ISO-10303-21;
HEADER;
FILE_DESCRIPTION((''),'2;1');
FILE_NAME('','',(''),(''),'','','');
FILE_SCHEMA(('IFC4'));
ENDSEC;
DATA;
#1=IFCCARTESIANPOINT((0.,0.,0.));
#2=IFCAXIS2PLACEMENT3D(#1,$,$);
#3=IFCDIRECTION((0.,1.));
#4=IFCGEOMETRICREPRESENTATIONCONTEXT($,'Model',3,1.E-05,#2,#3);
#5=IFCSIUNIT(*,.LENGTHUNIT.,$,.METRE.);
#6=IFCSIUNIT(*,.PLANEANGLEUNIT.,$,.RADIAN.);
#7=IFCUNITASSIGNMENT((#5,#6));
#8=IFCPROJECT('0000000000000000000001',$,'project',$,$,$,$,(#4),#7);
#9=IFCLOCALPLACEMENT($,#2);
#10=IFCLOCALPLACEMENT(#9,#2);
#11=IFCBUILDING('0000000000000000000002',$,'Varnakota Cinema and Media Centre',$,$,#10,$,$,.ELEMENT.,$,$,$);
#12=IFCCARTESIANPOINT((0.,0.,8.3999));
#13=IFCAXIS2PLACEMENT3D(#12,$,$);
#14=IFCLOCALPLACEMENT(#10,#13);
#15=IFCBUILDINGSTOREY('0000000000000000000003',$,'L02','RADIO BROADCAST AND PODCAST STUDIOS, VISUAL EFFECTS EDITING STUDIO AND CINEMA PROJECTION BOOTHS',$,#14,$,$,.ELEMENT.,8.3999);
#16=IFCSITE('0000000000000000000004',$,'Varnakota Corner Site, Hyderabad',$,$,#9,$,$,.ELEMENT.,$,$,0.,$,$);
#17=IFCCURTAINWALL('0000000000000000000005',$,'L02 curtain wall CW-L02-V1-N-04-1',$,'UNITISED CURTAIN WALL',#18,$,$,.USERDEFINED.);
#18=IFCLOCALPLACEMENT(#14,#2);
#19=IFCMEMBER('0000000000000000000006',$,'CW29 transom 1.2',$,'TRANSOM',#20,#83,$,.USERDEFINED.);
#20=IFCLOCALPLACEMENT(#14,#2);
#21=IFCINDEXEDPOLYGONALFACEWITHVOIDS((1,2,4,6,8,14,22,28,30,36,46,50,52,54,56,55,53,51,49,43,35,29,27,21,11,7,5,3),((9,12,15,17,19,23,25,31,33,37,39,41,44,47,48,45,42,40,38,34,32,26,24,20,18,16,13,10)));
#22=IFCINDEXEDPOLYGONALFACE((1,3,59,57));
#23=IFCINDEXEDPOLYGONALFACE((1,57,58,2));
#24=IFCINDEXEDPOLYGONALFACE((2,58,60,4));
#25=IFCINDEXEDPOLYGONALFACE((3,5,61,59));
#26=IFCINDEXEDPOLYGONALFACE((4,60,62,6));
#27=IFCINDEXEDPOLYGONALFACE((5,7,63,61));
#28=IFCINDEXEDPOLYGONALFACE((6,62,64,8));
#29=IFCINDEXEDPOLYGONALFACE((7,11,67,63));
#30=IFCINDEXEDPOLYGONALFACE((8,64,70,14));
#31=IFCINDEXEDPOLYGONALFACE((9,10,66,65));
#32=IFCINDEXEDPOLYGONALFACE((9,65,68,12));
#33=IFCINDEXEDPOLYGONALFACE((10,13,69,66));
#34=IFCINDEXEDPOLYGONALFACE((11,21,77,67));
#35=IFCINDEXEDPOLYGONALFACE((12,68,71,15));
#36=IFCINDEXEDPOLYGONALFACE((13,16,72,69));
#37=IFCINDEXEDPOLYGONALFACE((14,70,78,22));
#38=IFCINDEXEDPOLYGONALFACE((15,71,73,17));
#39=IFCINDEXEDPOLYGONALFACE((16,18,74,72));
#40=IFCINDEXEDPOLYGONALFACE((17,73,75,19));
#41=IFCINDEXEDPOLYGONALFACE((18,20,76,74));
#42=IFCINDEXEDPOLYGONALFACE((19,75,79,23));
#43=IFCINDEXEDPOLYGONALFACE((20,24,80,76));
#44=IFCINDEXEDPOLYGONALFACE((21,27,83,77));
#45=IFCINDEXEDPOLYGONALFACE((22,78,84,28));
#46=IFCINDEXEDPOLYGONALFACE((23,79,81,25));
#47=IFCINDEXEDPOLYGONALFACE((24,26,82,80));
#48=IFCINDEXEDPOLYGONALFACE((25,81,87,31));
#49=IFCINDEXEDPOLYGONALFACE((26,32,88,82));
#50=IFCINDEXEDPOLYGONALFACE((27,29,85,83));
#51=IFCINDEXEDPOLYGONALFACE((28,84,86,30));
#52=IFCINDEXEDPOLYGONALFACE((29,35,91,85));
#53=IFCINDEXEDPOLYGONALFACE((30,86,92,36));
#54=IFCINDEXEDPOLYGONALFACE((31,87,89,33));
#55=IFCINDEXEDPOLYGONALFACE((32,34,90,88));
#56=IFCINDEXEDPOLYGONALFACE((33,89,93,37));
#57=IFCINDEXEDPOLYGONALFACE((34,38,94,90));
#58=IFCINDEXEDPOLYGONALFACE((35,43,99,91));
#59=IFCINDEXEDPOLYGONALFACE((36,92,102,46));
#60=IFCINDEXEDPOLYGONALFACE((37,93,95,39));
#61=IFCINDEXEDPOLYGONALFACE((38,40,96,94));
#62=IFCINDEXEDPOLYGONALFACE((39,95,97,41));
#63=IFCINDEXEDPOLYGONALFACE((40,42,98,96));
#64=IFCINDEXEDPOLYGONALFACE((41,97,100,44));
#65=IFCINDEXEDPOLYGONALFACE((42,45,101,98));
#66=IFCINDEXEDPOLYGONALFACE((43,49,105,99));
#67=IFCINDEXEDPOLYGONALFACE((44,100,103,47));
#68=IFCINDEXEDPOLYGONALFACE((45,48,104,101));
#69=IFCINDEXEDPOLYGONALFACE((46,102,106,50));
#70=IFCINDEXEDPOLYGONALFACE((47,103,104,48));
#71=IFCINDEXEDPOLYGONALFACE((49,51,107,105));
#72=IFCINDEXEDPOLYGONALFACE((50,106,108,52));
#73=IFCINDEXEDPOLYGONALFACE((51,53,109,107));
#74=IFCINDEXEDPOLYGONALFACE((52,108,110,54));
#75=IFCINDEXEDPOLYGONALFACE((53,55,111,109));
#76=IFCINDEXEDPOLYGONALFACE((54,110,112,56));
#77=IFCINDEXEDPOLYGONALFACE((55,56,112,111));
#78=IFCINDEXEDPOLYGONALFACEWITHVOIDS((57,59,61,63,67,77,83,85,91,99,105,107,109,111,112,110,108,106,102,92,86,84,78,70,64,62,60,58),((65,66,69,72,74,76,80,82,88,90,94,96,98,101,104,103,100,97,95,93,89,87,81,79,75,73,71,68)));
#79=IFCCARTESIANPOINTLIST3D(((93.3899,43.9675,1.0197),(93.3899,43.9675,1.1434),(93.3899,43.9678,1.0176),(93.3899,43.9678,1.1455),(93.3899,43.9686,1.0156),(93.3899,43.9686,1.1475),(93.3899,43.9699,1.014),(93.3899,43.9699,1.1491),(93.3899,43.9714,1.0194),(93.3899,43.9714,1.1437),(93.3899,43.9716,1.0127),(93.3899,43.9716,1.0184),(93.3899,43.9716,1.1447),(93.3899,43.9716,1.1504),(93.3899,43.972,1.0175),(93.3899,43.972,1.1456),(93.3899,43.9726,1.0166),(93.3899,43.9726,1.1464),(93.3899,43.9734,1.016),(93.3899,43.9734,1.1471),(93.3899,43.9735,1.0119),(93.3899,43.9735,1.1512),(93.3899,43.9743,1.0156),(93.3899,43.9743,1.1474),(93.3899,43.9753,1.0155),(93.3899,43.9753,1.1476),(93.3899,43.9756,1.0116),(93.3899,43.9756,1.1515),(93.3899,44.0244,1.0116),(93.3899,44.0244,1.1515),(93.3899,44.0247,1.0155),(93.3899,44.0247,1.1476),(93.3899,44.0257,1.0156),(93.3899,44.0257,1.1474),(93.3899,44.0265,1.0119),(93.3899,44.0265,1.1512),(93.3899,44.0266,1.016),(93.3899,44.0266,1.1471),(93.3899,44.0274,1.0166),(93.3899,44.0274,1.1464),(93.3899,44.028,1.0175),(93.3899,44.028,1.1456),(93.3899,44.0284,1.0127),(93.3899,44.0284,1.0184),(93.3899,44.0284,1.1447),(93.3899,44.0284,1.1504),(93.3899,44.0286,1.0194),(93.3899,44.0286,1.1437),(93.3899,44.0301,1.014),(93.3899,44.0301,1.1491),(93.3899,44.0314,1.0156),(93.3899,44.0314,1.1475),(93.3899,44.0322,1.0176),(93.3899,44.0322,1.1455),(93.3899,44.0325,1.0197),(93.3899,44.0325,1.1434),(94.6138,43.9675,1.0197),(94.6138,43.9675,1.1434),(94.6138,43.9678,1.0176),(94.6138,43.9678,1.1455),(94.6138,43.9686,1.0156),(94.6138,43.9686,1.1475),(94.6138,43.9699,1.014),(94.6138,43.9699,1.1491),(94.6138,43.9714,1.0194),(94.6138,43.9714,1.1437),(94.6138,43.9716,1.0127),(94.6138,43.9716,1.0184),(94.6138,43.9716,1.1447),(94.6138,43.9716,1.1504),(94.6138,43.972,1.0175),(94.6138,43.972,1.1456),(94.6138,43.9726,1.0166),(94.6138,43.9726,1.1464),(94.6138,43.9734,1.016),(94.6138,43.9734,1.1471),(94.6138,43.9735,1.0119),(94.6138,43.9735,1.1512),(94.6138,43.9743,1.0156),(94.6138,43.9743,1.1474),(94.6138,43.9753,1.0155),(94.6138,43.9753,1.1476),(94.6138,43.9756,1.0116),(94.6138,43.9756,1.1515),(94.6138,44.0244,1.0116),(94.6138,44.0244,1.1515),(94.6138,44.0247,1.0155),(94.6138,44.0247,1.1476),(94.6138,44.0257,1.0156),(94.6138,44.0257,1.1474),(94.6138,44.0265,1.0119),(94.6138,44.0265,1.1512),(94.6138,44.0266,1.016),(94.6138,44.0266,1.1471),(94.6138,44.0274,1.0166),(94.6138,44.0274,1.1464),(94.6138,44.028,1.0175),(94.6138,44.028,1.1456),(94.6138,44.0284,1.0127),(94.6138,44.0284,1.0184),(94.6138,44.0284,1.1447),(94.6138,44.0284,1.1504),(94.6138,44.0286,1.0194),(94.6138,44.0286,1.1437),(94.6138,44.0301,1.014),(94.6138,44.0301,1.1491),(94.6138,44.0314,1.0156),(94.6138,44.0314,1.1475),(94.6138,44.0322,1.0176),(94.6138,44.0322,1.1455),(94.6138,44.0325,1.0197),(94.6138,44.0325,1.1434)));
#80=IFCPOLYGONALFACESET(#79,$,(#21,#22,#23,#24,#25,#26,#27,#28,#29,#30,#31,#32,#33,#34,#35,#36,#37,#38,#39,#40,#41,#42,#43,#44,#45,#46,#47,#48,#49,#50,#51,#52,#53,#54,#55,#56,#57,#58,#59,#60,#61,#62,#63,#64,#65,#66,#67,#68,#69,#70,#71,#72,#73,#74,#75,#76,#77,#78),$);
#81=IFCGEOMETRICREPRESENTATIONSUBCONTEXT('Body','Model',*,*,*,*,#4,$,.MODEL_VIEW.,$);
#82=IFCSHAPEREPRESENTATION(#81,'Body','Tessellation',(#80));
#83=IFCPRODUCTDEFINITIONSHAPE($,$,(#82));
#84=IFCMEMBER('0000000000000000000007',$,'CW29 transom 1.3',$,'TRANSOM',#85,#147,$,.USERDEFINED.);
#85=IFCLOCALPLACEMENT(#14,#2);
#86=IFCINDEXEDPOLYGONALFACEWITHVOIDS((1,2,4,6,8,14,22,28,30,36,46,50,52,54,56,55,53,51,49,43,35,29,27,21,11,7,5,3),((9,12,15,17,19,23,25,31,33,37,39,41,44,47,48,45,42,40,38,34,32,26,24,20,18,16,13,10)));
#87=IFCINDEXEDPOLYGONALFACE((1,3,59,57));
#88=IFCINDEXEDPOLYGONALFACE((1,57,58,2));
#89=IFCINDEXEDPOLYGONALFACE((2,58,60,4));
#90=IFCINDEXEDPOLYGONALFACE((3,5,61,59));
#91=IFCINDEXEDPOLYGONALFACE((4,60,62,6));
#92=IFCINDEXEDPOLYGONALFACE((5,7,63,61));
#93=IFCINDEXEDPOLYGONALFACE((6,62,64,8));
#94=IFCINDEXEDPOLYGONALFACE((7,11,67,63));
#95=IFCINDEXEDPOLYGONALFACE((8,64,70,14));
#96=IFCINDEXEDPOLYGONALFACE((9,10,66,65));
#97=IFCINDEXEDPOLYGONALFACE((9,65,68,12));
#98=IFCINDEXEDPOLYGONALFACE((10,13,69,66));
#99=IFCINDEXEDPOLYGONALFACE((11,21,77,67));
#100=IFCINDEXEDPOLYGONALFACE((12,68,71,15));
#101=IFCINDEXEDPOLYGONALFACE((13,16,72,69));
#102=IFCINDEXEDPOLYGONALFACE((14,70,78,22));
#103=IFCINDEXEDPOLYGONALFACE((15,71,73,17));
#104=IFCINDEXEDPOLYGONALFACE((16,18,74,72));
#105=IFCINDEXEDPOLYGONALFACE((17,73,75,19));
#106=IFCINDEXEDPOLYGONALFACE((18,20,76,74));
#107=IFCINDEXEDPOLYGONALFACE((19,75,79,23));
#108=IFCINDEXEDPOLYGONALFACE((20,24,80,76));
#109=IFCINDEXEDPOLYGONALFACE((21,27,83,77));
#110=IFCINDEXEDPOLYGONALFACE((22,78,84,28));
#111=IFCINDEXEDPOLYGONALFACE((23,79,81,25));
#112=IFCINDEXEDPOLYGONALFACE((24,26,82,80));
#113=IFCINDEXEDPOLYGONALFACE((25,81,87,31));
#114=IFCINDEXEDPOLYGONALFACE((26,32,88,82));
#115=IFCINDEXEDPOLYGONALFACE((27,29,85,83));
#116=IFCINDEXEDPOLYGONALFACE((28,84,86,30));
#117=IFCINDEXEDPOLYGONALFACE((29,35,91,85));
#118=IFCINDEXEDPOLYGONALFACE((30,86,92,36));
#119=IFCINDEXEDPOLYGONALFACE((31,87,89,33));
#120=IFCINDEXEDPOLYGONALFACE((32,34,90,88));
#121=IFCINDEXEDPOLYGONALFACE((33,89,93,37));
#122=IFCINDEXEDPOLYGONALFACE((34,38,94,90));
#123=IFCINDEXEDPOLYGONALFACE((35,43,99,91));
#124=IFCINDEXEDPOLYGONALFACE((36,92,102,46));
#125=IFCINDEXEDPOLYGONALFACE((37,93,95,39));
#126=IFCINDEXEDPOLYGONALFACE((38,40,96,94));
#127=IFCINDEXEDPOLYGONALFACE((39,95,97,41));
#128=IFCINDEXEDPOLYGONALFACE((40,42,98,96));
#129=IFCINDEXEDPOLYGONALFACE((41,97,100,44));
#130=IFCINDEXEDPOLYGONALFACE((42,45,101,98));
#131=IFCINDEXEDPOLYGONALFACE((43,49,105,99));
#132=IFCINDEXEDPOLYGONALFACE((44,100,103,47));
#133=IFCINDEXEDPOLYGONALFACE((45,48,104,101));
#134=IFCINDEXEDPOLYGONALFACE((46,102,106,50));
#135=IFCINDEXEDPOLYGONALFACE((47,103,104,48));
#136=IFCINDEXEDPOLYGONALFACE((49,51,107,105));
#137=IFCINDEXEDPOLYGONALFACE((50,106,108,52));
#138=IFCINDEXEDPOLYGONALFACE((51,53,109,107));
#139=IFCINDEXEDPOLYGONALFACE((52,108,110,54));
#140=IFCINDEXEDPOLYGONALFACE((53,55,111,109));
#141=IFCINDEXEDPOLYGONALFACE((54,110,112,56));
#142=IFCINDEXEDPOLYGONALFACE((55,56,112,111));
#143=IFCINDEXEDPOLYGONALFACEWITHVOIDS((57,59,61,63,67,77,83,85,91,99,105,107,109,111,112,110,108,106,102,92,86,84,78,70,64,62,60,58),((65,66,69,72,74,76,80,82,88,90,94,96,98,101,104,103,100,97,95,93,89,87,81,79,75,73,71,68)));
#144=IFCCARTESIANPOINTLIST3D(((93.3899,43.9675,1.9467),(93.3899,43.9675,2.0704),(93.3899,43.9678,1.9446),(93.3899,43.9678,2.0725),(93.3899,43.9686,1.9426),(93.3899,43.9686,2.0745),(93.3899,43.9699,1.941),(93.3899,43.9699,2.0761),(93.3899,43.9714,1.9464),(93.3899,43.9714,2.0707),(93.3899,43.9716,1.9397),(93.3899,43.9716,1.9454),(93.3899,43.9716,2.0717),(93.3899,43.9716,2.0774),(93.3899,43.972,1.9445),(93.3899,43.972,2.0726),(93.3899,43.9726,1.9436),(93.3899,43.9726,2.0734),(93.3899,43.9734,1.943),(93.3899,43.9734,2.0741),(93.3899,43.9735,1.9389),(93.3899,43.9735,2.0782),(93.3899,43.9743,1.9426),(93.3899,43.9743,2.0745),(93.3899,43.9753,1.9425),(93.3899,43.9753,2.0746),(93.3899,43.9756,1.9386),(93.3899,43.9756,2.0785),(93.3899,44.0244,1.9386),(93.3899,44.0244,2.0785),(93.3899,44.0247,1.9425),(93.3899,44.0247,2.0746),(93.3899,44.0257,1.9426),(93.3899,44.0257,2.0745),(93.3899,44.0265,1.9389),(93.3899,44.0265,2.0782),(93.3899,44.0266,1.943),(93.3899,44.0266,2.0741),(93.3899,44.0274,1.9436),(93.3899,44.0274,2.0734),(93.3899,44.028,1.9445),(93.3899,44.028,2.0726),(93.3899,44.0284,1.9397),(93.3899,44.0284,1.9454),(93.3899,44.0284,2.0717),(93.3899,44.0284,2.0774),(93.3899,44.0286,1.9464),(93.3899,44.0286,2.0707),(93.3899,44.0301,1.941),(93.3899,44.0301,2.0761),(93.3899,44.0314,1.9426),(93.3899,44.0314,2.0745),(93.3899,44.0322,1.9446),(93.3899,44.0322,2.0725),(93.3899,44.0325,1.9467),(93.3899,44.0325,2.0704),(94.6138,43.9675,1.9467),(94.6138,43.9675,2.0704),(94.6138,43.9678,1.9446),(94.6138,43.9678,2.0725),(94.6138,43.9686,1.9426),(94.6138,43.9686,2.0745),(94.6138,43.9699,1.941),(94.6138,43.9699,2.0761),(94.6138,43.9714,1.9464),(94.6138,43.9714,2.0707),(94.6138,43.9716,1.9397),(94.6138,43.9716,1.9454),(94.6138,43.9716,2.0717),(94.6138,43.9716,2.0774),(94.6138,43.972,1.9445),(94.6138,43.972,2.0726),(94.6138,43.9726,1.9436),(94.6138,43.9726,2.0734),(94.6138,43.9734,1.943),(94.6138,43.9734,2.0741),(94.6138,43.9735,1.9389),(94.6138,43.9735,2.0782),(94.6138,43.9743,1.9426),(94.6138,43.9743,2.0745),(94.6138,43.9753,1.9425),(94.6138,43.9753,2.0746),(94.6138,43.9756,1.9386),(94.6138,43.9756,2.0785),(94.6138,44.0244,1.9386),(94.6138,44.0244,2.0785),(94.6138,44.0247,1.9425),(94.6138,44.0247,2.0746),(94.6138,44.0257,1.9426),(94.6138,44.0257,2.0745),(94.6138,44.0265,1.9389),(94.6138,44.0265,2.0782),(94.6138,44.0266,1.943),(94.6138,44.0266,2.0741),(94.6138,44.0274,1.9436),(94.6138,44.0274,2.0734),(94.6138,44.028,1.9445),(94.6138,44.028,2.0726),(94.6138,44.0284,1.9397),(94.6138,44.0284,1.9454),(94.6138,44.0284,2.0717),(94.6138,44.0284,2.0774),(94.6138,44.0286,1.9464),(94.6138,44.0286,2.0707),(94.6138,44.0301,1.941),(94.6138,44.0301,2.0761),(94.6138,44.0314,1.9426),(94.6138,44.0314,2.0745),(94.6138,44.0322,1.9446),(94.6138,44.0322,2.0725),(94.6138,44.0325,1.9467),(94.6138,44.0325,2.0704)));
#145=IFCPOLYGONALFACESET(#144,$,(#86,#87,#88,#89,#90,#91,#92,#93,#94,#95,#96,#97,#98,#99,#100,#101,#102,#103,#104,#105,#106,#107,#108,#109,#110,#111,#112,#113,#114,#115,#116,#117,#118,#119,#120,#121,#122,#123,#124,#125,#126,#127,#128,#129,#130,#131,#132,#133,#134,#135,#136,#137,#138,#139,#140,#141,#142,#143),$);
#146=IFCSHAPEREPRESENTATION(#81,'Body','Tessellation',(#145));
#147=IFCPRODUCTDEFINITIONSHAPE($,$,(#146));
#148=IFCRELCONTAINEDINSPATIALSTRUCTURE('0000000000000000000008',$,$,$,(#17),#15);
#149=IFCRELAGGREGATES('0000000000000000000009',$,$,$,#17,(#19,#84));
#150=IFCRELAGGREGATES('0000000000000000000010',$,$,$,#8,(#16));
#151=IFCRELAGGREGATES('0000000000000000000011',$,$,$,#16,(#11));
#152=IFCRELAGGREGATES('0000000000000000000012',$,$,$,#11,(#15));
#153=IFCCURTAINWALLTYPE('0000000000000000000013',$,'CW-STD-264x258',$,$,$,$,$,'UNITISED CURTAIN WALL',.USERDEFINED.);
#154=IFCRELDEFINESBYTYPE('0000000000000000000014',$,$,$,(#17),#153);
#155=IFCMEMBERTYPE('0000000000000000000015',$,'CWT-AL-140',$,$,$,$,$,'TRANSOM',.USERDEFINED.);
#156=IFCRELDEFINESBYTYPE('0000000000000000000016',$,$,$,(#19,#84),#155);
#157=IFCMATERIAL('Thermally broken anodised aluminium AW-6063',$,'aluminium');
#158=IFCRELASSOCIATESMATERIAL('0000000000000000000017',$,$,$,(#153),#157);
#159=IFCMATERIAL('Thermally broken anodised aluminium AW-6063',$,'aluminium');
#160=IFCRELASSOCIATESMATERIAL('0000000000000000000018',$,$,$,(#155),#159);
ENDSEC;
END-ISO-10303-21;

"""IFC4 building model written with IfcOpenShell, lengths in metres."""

from ifc_helpers import new_model, si_unit, direction, frame, origin, origin_2d, place, context, subcontext, project, spatial, hollow_rectangle, extrude, material, material_profile, profile_set, type_object, element, aggregate, save


model = new_model("IFC4")

# Units and contexts
model_context = context("Model", 3, precision=1e-05, world=origin(), true_north=direction((0.0, 1.0)))
body_context = subcontext(model_context, "Body", "Model", "MODEL_VIEW")
ifc_project = project(units=[si_unit("LENGTHUNIT", "METRE"), si_unit("PLANEANGLEUNIT", "RADIAN")], contexts=[model_context])

# Site, building, storey
site_placement = place(None, origin())
site = spatial("IfcSite", under=ifc_project, at=site_placement, Name="Varnakota Corner Site, Hyderabad", CompositionType="ELEMENT", RefElevation=0.0)
building_placement = place(site_placement, origin())
building = spatial("IfcBuilding", under=site, at=building_placement, Name="Varnakota Cinema and Media Centre", CompositionType="ELEMENT")
storey_placement = place(building_placement, frame((0.0, 0.0, 8.3999)))
storey = spatial("IfcBuildingStorey", under=building, at=storey_placement, Name="L02", Description="RADIO BROADCAST AND PODCAST STUDIOS, VISUAL EFFECTS EDITING STUDIO AND CINEMA PROJECTION BOOTHS", CompositionType="ELEMENT", Elevation=8.3999)

# Curtain wall
ifc_material_1 = material(Name="Thermally broken anodised aluminium AW-6063", Category="aluminium")
curtain_wall_type = type_object("IfcCurtainWallType", Name="CW-STD-264x258", ElementType="UNITISED CURTAIN WALL", PredefinedType="USERDEFINED", material=ifc_material_1)
curtain_wall_1_placement = place(storey_placement, origin())
curtain_wall_1 = element("IfcCurtainWall", 1, at=curtain_wall_1_placement, inside=storey, type_object=curtain_wall_type, Name="L02 curtain wall CW-L02-V1-N-04-1", ObjectType="UNITISED CURTAIN WALL", PredefinedType="USERDEFINED")

# Members
ifc_material_2 = material(Name="Thermally broken anodised aluminium AW-6063", Category="aluminium")
ifc_material_profile_1 = material_profile(ifc_material_2, hollow_rectangle(XDim=0.0649, YDim=0.1399, WallThickness=0.0039, InnerFilletRadius=0.0039, OuterFilletRadius=0.0081, at=origin_2d()), Name="AL-TRANSOM 140x65x4")
ifc_profile_set_1 = profile_set([ifc_material_profile_1], Name="Thermally broken anodised aluminium AW-6063")
member_type_1 = type_object("IfcMemberType", Name="CWT-AL-140", ElementType="TRANSOM", PredefinedType="USERDEFINED", material=ifc_profile_set_1)
member_1_placement = place(storey_placement, frame((93.3899, 44.0, 1.0815), z_axis=(1.0, 0.0, 0.0), x_axis=(0.0, 1.0, 0.0)))
member_1 = element("IfcMember", 2, at=member_1_placement, type_object=member_type_1, Name="CW29 transom 1.2", ObjectType="TRANSOM", PredefinedType="USERDEFINED", context=body_context, shape_type="SweptSolid", body=[
    extrude(hollow_rectangle(XDim=0.0649, YDim=0.1399, WallThickness=0.0039, InnerFilletRadius=0.0039, OuterFilletRadius=0.0081, at=origin_2d()), origin(), (0.0, 0.0, 1.0), 1.2239),
])
member_2_placement = place(storey_placement, frame((93.3899, 44.0, 2.0085), z_axis=(1.0, 0.0, 0.0), x_axis=(0.0, 1.0, 0.0)))
member_2 = element("IfcMember", 3, at=member_2_placement, type_object=member_type_1, Name="CW29 transom 1.3", ObjectType="TRANSOM", PredefinedType="USERDEFINED", context=body_context, shape_type="SweptSolid", body=[
    extrude(hollow_rectangle(XDim=0.0649, YDim=0.1399, WallThickness=0.0039, InnerFilletRadius=0.0039, OuterFilletRadius=0.0081, at=origin_2d()), origin(), (0.0, 0.0, 1.0), 1.2239),
])

aggregate(curtain_wall_1, [member_1, member_2])

save(model, "model.ifc")
